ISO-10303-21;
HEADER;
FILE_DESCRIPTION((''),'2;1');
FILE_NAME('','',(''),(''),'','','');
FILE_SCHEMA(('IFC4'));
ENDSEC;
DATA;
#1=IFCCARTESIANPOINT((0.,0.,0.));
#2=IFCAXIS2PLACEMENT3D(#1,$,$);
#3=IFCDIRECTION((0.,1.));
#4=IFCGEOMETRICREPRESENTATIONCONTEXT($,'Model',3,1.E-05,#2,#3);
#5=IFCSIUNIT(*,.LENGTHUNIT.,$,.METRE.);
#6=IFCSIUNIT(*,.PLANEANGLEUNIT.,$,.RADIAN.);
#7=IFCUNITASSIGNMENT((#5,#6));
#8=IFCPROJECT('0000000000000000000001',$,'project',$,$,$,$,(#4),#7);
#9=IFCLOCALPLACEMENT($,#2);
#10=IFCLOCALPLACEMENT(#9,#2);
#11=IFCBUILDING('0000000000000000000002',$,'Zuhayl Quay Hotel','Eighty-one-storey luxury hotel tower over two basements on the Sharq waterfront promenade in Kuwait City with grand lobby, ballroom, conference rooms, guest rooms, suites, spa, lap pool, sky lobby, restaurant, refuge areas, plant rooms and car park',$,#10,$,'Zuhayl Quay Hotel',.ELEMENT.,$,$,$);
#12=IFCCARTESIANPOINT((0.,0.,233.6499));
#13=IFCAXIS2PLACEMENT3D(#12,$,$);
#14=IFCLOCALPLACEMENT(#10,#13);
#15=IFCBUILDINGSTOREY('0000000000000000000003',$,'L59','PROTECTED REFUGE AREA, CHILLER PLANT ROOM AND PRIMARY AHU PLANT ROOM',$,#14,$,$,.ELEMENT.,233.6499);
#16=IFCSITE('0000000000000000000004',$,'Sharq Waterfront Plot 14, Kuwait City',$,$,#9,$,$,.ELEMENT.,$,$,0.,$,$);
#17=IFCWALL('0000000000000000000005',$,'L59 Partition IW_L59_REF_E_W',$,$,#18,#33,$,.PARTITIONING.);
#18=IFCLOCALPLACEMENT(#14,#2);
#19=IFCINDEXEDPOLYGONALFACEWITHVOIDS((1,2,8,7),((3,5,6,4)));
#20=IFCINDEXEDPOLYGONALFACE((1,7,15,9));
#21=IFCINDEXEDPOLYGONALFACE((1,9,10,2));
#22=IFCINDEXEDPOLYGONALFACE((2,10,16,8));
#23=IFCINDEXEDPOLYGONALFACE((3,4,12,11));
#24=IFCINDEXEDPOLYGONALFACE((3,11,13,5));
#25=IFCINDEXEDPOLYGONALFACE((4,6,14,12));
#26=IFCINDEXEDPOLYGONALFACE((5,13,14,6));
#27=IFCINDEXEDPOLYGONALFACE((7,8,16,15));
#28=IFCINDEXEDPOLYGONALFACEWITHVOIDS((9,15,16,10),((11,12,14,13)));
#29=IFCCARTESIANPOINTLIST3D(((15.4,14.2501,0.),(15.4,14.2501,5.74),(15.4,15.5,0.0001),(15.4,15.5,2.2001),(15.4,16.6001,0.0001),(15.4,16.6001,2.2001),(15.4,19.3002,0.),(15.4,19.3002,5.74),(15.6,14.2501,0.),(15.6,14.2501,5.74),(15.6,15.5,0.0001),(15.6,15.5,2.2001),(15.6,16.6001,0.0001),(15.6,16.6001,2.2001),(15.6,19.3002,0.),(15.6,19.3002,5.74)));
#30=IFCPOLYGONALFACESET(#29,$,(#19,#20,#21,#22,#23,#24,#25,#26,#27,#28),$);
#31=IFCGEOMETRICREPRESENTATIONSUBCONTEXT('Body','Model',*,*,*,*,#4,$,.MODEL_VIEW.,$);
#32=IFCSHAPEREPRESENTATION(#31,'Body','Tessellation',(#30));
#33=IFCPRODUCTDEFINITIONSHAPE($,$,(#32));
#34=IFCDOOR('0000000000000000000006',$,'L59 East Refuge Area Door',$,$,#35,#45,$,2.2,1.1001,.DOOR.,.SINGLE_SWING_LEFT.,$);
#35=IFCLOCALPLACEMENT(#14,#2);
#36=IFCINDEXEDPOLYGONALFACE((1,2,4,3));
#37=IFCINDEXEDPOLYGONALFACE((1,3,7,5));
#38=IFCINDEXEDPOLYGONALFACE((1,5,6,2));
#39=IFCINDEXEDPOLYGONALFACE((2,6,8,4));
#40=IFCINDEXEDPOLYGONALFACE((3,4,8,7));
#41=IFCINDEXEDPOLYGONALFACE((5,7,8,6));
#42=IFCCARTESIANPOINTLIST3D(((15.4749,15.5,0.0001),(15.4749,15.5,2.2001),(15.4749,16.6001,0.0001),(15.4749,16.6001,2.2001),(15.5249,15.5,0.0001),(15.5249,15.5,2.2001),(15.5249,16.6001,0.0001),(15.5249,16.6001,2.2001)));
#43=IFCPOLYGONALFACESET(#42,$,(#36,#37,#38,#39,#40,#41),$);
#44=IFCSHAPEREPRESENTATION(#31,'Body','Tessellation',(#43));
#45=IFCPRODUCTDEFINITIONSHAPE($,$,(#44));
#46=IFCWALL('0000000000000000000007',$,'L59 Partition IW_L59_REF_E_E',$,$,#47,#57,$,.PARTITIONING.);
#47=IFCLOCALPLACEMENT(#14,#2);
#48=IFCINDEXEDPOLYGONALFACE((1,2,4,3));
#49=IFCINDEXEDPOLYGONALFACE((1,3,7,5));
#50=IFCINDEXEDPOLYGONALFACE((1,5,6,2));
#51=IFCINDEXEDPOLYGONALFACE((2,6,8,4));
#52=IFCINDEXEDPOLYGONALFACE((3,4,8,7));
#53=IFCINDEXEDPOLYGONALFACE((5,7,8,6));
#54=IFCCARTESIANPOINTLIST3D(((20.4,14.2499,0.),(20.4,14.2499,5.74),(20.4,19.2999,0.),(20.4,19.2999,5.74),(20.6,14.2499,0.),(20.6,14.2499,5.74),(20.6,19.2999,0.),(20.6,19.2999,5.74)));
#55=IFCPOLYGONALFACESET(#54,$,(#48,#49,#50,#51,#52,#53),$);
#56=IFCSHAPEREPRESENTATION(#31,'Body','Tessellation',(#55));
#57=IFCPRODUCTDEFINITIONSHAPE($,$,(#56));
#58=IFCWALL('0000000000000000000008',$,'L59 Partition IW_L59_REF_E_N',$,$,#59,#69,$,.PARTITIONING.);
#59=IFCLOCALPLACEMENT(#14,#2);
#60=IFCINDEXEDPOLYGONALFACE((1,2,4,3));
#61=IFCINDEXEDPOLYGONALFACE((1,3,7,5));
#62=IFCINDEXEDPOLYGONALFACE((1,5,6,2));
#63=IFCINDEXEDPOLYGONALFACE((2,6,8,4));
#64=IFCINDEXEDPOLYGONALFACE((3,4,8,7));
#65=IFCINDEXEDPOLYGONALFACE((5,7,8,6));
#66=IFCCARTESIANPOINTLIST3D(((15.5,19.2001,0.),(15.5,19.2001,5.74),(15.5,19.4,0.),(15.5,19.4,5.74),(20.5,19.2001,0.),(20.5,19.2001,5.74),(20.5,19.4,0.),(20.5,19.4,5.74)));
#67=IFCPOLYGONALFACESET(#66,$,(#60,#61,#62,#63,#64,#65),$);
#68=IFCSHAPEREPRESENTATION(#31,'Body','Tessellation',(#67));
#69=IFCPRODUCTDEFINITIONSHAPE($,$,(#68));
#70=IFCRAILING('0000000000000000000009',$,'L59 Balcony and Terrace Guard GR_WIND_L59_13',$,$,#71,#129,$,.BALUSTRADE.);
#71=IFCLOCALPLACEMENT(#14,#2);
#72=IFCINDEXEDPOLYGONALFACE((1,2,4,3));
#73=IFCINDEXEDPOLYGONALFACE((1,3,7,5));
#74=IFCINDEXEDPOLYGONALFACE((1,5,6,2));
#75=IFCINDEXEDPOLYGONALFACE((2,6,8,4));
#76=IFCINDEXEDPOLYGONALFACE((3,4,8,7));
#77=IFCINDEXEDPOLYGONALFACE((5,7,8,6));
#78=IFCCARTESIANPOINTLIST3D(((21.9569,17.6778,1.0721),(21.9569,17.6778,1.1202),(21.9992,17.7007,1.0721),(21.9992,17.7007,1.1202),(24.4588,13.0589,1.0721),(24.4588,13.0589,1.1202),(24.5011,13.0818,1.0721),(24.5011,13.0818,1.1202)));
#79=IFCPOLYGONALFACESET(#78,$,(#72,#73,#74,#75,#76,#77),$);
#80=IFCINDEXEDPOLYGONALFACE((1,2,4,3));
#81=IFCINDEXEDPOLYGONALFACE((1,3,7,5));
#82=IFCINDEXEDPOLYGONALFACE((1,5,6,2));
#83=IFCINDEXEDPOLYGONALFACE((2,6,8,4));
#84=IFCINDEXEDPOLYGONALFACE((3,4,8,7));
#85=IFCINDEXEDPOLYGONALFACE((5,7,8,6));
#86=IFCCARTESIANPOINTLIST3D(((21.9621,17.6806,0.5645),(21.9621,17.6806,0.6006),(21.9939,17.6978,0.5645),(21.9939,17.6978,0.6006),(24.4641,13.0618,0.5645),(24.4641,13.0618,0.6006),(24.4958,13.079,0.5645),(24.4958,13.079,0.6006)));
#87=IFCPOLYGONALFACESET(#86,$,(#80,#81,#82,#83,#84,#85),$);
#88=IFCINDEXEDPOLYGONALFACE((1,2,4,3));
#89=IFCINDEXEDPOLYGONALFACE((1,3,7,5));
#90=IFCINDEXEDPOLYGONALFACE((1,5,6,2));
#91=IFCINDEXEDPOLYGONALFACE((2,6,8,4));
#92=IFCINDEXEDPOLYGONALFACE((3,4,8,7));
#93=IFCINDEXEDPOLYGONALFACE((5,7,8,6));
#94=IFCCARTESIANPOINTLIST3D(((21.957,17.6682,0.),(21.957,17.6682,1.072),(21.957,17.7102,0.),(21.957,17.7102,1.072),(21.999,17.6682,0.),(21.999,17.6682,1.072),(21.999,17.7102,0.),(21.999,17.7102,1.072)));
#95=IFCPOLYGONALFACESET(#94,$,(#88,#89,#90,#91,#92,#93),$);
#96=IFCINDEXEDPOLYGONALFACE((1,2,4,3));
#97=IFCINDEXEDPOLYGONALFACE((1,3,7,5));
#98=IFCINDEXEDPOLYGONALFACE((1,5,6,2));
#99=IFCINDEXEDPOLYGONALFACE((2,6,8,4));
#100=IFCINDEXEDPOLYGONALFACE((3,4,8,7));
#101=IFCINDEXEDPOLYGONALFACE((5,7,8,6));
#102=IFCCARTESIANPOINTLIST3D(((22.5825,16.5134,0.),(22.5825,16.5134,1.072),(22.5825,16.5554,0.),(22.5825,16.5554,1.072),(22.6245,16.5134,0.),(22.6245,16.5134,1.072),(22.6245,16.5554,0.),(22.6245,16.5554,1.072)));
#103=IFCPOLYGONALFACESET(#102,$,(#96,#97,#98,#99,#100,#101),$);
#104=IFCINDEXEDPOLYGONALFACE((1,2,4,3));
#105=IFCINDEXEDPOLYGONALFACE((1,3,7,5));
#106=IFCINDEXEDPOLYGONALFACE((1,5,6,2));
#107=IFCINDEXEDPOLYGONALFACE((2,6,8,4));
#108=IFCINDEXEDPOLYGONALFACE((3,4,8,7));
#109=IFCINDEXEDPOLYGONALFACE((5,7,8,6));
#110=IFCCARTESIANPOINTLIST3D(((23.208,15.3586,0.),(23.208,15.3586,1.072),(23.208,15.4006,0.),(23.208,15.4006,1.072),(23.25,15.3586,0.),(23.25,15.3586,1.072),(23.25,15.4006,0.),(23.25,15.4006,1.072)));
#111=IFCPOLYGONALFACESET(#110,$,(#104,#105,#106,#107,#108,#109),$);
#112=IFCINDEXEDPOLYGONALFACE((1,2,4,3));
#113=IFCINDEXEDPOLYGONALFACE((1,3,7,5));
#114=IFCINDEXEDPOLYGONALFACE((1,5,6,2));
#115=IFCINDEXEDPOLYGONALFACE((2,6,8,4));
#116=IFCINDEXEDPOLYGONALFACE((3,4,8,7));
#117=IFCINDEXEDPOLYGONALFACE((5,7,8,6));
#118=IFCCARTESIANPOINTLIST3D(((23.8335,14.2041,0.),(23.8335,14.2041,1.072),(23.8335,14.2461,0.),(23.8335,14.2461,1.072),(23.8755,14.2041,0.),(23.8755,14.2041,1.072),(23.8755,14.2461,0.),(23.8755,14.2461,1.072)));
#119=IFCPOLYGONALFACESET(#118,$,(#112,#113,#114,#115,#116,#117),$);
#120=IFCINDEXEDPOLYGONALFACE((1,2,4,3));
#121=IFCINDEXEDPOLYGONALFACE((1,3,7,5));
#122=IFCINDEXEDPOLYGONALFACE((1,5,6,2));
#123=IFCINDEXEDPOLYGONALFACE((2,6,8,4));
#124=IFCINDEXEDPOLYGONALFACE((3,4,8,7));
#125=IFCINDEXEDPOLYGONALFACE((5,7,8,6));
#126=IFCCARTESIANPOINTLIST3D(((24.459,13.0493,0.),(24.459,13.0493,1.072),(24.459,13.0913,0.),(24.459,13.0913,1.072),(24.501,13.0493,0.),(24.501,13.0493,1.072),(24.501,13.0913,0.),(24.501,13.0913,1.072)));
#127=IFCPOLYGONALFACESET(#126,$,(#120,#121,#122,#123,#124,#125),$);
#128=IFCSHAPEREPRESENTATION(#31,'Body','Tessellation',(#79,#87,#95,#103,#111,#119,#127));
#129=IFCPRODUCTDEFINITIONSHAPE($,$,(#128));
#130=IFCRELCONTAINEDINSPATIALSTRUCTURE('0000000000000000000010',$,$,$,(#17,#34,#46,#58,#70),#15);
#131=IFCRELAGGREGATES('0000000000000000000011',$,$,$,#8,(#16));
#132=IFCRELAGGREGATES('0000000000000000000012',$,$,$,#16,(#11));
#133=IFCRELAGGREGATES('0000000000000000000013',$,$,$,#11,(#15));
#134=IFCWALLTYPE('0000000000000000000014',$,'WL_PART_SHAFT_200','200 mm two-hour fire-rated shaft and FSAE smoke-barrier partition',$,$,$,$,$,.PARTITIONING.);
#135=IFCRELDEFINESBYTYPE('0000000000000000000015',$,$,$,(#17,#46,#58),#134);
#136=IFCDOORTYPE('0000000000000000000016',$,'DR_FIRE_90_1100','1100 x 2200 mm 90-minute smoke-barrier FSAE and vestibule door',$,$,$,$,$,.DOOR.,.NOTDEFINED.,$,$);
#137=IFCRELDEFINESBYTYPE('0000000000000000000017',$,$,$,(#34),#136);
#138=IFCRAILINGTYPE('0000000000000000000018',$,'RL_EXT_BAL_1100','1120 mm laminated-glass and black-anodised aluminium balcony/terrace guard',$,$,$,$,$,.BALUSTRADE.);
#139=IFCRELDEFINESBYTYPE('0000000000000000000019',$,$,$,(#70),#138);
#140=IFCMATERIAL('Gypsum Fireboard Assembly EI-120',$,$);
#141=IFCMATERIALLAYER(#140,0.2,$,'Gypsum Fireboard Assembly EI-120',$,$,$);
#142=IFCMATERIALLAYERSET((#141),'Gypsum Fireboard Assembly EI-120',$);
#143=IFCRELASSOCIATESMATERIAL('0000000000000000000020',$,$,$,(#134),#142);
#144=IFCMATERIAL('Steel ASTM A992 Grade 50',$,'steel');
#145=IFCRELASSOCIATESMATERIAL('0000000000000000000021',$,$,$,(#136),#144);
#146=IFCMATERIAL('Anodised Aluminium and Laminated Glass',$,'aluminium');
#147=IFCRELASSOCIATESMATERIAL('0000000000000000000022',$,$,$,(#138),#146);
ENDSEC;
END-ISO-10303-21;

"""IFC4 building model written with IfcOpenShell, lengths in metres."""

from ifc_helpers import new_model, si_unit, direction, frame, frame_2d, origin, origin_2d, place, context, subcontext, project, spatial, rectangle, extrude, material, layer, layer_set, type_object, element, fill, save


model = new_model("IFC4")

# Units and contexts
model_context = context("Model", 3, precision=1e-05, world=origin(), true_north=direction((0.0, 1.0)))
body_context = subcontext(model_context, "Body", "Model", "MODEL_VIEW")
ifc_project = project(units=[si_unit("LENGTHUNIT", "METRE"), si_unit("PLANEANGLEUNIT", "RADIAN")], contexts=[model_context])

# Site, building, storey
site_placement = place(None, origin())
site = spatial("IfcSite", under=ifc_project, at=site_placement, Name="Sharq Waterfront Plot 14, Kuwait City", CompositionType="ELEMENT", RefElevation=0.0)
building_placement = place(site_placement, origin())
building = spatial("IfcBuilding", under=site, at=building_placement, Name="Zuhayl Quay Hotel", Description="Eighty-one-storey luxury hotel tower over two basements on the Sharq waterfront promenade in Kuwait City with grand lobby, ballroom, conference rooms, guest rooms, suites, spa, lap pool, sky lobby, restaurant, refuge areas, plant rooms and car park", LongName="Zuhayl Quay Hotel", CompositionType="ELEMENT")
storey_placement = place(building_placement, frame((0.0, 0.0, 233.6499)))
storey = spatial("IfcBuildingStorey", under=building, at=storey_placement, Name="L59", Description="PROTECTED REFUGE AREA, CHILLER PLANT ROOM AND PRIMARY AHU PLANT ROOM", CompositionType="ELEMENT", Elevation=233.6499)

# Wall, opening, door
ifc_material_1 = material(Name="Gypsum Fireboard Assembly EI-120")
ifc_layer_1 = layer(ifc_material_1, 0.2, Name="Gypsum Fireboard Assembly EI-120")
ifc_layer_set_1 = layer_set([ifc_layer_1], Name="Gypsum Fireboard Assembly EI-120")
wall_type = type_object("IfcWallType", Name="WL_PART_SHAFT_200", Description="200 mm two-hour fire-rated shaft and FSAE smoke-barrier partition", PredefinedType="PARTITIONING", material=ifc_layer_set_1)
wall_1_placement = place(storey_placement, frame((15.5, 19.3, 0.0), z_axis=(0.0, 0.0, 1.0), x_axis=(0.0, -1.0, 0.0)))
wall_1 = element("IfcWall", 1, at=wall_1_placement, inside=storey, type_object=wall_type, Name="L59 Partition IW_L59_REF_E_W", PredefinedType="PARTITIONING", context=body_context, shape_type="SweptSolid", body=[
    extrude(rectangle(XDim=5.05, YDim=0.2, at=frame_2d((2.5249, 0.0))), origin(), (0.0, 0.0, 1.0), 5.74),
])
opening_placement = place(wall_1_placement, frame((2.7, 0.0, 0.0)))
opening = element("IfcOpeningElement", 2, at=opening_placement, cuts=wall_1, PredefinedType="OPENING", context=body_context, shape_type="SweptSolid", body=[
    extrude(rectangle(XDim=1.1001, YDim=2.2, at=frame_2d((0.55, 1.1001))), frame((0.0, 0.1099, 0.0), z_axis=(0.0, -1.0, 0.0), x_axis=(1.0, 0.0, 0.0)), (0.0, 0.0, 1.0), 0.22),
])
ifc_material_2 = material(Name="Steel ASTM A992 Grade 50", Category="steel")
door_type = type_object("IfcDoorType", Name="DR_FIRE_90_1100", Description="1100 x 2200 mm 90-minute smoke-barrier FSAE and vestibule door", OperationType="NOTDEFINED", PredefinedType="DOOR", material=ifc_material_2)
door_placement = place(opening_placement, origin())
door = element("IfcDoor", 3, at=door_placement, inside=storey, type_object=door_type, Name="L59 East Refuge Area Door", OperationType="SINGLE_SWING_LEFT", OverallHeight=2.2, OverallWidth=1.1001, PredefinedType="DOOR", context=body_context, shape_type="SweptSolid", body=[
    extrude(rectangle(XDim=1.1001, YDim=2.2, at=frame_2d((0.55, 1.1001))), frame((0.0, 0.0249, 0.0), z_axis=(0.0, -1.0, 0.0), x_axis=(1.0, 0.0, 0.0)), (0.0, 0.0, 1.0), 0.05),
])
fill(opening, door)

# Walls
wall_2_placement = place(storey_placement, frame((20.5, 14.25, 0.0), z_axis=(0.0, 0.0, 1.0), x_axis=(0.0, 1.0, 0.0)))
element("IfcWall", 4, at=wall_2_placement, inside=storey, type_object=wall_type, Name="L59 Partition IW_L59_REF_E_E", PredefinedType="PARTITIONING", context=body_context, shape_type="SweptSolid", body=[
    extrude(rectangle(XDim=5.05, YDim=0.2, at=frame_2d((2.5249, 0.0))), origin(), (0.0, 0.0, 1.0), 5.74),
])
wall_3_placement = place(storey_placement, frame((15.5, 19.3, 0.0), z_axis=(0.0, 0.0, 1.0), x_axis=(1.0, 0.0, 0.0)))
element("IfcWall", 5, at=wall_3_placement, inside=storey, type_object=wall_type, Name="L59 Partition IW_L59_REF_E_N", PredefinedType="PARTITIONING", context=body_context, shape_type="SweptSolid", body=[
    extrude(rectangle(XDim=5.0, YDim=0.2, at=frame_2d((2.5, 0.0))), origin(), (0.0, 0.0, 1.0), 5.74),
])

# Railing
ifc_material_3 = material(Name="Anodised Aluminium and Laminated Glass", Category="aluminium")
railing_type = type_object("IfcRailingType", Name="RL_EXT_BAL_1100", Description="1120 mm laminated-glass and black-anodised aluminium balcony/terrace guard", PredefinedType="BALUSTRADE", material=ifc_material_3)
railing_placement = place(storey_placement, frame((21.978, 17.6892, 0.0)))
element("IfcRailing", 6, at=railing_placement, inside=storey, type_object=railing_type, Name="L59 Balcony and Terrace Guard GR_WIND_L59_13", PredefinedType="BALUSTRADE", context=body_context, shape_type="SweptSolid", body=[
    extrude(rectangle(XDim=0.0481, YDim=0.0481, at=origin_2d()), frame((0.0, 0.0, 1.0962), z_axis=(0.476291, -0.879288, 0.0), x_axis=(0.879288, 0.476291, 0.0)), (0.0, 0.0, 1.0), 5.2529),
    extrude(rectangle(XDim=0.0361, YDim=0.0361, at=origin_2d()), frame((0.0, 0.0, 0.5825), z_axis=(0.476291, -0.879288, 0.0), x_axis=(0.879288, 0.476291, 0.0)), (0.0, 0.0, 1.0), 5.2529),
    extrude(rectangle(XDim=0.042, YDim=0.042, at=origin_2d()), origin(), (0.0, 0.0, 1.0), 1.072),
    extrude(rectangle(XDim=0.042, YDim=0.042, at=origin_2d()), frame((0.6255, -1.1548, 0.0)), (0.0, 0.0, 1.0), 1.072),
    extrude(rectangle(XDim=0.042, YDim=0.042, at=origin_2d()), frame((1.251, -2.3096, 0.0)), (0.0, 0.0, 1.0), 1.072),
    extrude(rectangle(XDim=0.042, YDim=0.042, at=origin_2d()), frame((1.8765, -3.4641, 0.0)), (0.0, 0.0, 1.0), 1.072),
    extrude(rectangle(XDim=0.042, YDim=0.042, at=origin_2d()), frame((2.502, -4.6189, 0.0)), (0.0, 0.0, 1.0), 1.072),
])

save(model, "model.ifc")
